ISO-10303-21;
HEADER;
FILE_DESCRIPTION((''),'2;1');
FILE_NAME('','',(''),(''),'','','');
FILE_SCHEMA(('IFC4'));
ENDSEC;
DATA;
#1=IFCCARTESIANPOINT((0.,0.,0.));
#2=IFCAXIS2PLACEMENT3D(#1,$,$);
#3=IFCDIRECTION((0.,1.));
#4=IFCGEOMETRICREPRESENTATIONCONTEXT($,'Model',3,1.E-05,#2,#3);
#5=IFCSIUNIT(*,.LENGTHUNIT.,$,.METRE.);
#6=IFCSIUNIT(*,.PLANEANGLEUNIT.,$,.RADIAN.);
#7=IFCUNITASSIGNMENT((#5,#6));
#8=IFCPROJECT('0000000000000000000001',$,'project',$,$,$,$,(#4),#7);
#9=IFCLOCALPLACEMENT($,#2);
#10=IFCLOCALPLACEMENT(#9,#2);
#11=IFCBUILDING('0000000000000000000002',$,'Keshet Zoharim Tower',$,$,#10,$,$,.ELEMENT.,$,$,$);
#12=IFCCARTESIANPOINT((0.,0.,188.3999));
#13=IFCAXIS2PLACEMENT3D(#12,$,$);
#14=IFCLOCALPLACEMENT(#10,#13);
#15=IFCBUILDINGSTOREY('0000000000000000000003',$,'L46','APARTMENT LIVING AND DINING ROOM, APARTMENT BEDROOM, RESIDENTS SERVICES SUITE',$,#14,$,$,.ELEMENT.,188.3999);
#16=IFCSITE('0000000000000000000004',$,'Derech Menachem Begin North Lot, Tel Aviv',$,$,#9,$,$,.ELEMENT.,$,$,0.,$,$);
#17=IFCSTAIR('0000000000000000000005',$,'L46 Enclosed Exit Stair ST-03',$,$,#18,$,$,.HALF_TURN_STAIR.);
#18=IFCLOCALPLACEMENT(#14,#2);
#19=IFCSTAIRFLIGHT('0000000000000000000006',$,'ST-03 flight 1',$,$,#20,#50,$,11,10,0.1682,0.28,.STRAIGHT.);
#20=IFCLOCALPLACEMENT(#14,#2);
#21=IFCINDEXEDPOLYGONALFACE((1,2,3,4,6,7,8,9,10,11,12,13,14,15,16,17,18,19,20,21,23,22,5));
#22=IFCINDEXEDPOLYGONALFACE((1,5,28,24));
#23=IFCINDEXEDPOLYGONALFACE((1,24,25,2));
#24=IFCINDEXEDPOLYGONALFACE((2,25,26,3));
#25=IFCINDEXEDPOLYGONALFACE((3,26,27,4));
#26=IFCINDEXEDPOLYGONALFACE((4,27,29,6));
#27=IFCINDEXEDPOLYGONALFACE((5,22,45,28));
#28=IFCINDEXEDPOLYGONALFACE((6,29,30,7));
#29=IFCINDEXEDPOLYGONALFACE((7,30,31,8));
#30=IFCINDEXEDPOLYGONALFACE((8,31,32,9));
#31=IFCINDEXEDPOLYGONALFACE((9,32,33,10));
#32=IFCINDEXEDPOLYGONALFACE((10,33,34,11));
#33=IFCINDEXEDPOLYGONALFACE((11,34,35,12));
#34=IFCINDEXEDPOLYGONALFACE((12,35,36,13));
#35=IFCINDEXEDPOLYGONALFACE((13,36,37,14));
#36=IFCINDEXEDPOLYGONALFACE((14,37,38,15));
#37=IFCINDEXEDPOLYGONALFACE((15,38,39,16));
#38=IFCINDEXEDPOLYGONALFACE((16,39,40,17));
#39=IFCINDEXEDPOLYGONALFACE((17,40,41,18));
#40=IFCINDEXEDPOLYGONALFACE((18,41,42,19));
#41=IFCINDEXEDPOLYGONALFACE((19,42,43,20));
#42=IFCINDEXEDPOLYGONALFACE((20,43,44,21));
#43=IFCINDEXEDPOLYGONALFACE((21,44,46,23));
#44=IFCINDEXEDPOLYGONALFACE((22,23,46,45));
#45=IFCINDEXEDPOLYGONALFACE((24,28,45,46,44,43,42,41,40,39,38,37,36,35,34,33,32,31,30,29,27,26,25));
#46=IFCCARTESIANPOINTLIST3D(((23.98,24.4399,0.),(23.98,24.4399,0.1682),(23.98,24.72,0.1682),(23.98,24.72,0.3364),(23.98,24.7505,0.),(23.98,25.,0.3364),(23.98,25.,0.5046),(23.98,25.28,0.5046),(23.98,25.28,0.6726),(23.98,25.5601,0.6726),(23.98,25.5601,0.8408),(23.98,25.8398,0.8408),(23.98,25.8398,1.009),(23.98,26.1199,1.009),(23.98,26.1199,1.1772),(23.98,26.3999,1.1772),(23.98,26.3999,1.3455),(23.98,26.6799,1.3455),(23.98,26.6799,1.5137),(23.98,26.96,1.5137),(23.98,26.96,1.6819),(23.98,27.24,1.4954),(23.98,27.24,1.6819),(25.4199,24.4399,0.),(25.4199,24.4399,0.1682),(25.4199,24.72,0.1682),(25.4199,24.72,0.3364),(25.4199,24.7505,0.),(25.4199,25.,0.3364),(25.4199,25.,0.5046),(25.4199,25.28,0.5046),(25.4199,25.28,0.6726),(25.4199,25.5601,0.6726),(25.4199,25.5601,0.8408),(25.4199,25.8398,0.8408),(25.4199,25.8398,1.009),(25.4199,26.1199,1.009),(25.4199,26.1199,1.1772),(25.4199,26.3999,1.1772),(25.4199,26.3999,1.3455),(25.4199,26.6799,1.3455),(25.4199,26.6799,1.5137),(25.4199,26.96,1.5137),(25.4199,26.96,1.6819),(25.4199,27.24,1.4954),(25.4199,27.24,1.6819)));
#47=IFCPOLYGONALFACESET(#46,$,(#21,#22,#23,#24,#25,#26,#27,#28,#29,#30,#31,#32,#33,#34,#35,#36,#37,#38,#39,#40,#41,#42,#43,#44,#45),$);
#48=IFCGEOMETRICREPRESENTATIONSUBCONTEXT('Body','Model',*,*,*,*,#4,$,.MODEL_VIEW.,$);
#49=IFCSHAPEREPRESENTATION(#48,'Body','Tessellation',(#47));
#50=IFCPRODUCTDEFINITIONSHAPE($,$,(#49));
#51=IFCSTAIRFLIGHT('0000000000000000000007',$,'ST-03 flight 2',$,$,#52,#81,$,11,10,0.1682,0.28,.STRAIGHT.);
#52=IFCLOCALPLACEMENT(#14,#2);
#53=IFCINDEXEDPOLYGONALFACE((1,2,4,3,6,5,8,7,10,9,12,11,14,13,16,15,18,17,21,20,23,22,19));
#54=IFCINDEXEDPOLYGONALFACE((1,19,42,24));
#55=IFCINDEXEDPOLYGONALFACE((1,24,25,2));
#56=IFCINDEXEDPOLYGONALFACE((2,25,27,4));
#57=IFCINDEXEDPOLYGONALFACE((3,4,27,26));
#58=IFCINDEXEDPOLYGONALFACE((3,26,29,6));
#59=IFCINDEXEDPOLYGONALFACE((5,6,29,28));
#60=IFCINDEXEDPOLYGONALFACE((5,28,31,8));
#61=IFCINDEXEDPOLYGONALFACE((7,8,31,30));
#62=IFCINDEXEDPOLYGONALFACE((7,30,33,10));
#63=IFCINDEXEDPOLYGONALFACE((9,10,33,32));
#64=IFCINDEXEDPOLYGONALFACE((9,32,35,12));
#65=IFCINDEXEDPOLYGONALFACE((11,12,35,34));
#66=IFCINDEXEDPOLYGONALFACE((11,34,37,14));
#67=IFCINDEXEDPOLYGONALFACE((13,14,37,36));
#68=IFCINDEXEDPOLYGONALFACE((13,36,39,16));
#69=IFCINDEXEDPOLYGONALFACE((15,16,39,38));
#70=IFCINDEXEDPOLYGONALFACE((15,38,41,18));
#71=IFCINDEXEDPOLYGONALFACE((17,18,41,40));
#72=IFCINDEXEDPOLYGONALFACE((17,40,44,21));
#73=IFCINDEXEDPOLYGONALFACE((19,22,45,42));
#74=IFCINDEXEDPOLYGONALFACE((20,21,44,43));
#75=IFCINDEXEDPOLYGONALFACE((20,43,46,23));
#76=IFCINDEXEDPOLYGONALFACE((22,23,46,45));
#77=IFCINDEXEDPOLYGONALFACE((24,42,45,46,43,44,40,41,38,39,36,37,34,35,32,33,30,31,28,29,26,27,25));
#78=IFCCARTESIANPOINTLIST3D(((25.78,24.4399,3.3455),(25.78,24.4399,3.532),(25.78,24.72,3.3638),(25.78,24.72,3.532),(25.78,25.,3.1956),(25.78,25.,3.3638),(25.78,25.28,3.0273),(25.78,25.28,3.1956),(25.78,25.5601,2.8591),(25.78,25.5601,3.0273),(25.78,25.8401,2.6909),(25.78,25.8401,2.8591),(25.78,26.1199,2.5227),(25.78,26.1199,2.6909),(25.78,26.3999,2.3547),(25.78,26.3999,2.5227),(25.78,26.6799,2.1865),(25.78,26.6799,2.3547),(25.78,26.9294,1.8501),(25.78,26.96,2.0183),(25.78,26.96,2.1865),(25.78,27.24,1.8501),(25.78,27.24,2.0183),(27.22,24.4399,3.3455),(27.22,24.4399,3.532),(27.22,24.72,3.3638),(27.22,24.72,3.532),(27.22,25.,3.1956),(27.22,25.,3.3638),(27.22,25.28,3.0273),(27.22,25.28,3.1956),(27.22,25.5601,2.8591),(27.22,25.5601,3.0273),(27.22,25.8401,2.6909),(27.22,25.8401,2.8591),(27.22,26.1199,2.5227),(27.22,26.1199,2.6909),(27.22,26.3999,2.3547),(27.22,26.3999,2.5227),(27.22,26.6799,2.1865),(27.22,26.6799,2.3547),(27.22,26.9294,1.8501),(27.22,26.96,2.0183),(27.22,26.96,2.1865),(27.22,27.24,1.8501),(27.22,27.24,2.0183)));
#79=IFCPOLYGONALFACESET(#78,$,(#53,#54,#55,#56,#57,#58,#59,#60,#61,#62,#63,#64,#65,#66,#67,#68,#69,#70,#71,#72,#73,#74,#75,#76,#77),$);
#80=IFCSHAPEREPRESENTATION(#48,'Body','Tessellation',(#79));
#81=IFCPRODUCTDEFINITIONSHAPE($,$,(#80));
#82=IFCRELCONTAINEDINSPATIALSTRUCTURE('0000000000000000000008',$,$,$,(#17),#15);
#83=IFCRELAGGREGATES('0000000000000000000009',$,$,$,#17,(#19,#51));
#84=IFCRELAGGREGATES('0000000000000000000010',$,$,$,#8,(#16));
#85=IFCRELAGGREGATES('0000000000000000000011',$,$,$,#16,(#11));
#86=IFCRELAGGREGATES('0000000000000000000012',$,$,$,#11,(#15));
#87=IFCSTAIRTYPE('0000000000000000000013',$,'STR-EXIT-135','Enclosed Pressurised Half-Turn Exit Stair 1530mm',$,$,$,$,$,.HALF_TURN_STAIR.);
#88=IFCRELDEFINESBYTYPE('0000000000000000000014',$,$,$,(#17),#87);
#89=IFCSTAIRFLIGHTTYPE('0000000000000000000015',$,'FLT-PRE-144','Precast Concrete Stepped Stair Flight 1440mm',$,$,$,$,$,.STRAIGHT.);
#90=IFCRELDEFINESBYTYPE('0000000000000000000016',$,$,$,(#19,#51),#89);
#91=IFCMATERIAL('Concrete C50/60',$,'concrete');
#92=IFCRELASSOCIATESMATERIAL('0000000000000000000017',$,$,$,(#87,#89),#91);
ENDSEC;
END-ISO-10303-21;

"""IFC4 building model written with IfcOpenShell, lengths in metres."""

from ifc_helpers import new_model, si_unit, direction, frame, origin, place, context, subcontext, project, spatial, polyline, outline, extrude, material, type_object, element, aggregate, save


model = new_model("IFC4")

# Units and contexts
model_context = context("Model", 3, precision=1e-05, world=origin(), true_north=direction((0.0, 1.0)))
body_context = subcontext(model_context, "Body", "Model", "MODEL_VIEW")
ifc_project = project(units=[si_unit("LENGTHUNIT", "METRE"), si_unit("PLANEANGLEUNIT", "RADIAN")], contexts=[model_context])

# Site, building, storey
site_placement = place(None, origin())
site = spatial("IfcSite", under=ifc_project, at=site_placement, Name="Derech Menachem Begin North Lot, Tel Aviv", CompositionType="ELEMENT", RefElevation=0.0)
building_placement = place(site_placement, origin())
building = spatial("IfcBuilding", under=site, at=building_placement, Name="Keshet Zoharim Tower", CompositionType="ELEMENT")
storey_placement = place(building_placement, frame((0.0, 0.0, 188.3999)))
storey = spatial("IfcBuildingStorey", under=building, at=storey_placement, Name="L46", Description="APARTMENT LIVING AND DINING ROOM, APARTMENT BEDROOM, RESIDENTS SERVICES SUITE", CompositionType="ELEMENT", Elevation=188.3999)

# Shared definitions
ifc_material_1 = material(Name="Concrete C50/60", Category="concrete")

# Shared definitions
stair_type = type_object("IfcStairType", Name="STR-EXIT-135", Description="Enclosed Pressurised Half-Turn Exit Stair 1530mm", PredefinedType="HALF_TURN_STAIR", material=ifc_material_1)

# Stair, stair flights
stair_1_placement = place(storey_placement, origin())
stair_1 = element("IfcStair", 1, at=stair_1_placement, inside=storey, type_object=stair_type, Name="L46 Enclosed Exit Stair ST-03", PredefinedType="HALF_TURN_STAIR")
stair_flight_type_1 = type_object("IfcStairFlightType", Name="FLT-PRE-144", Description="Precast Concrete Stepped Stair Flight 1440mm", PredefinedType="STRAIGHT", material=ifc_material_1)
stair_flight_1_placement = place(storey_placement, frame((24.7, 24.4399, 0.0), z_axis=(0.0, 0.0, 1.0), x_axis=(0.0, 1.0, 0.0)))
stair_flight_1 = element("IfcStairFlight", 2, at=stair_flight_1_placement, type_object=stair_flight_type_1, Name="ST-03 flight 1", NumberOfRisers=11, NumberOfTreads=10, PredefinedType="STRAIGHT", RiserHeight=0.1682, TreadLength=0.28, context=body_context, shape_type="SweptSolid", body=[
    extrude(outline(polyline([(0.0, 0.0), (0.0, 0.1682), (0.28, 0.1682), (0.28, 0.3364), (0.5601, 0.3364), (0.5601, 0.5046), (0.8401, 0.5046), (0.8401, 0.6726), (1.1201, 0.6726), (1.1201, 0.8408), (1.3999, 0.8408), (1.3999, 1.009), (1.6799, 1.009), (1.6799, 1.1772), (1.96, 1.1772), (1.96, 1.3455), (2.24, 1.3455), (2.24, 1.5137), (2.52, 1.5137), (2.52, 1.6819), (2.8, 1.6819), (2.8, 1.8501), (2.8, 1.4954), (0.3105, 0.0), (0.0, 0.0)])), frame((0.0, 0.72, 0.0), z_axis=(0.0, -1.0, 0.0), x_axis=(1.0, 0.0, 0.0)), (0.0, 0.0, 1.0), 1.4399),
])
stair_flight_2_placement = place(storey_placement, frame((26.5, 27.24, 1.8501), z_axis=(0.0, 0.0, 1.0), x_axis=(0.0, -1.0, 0.0)))
stair_flight_2 = element("IfcStairFlight", 3, at=stair_flight_2_placement, type_object=stair_flight_type_1, Name="ST-03 flight 2", NumberOfRisers=11, NumberOfTreads=10, PredefinedType="STRAIGHT", RiserHeight=0.1682, TreadLength=0.28, context=body_context, shape_type="SweptSolid", body=[
    extrude(outline(polyline([(0.0, 0.0), (0.0, 0.1682), (0.28, 0.1682), (0.28, 0.3364), (0.5601, 0.3364), (0.5601, 0.5046), (0.8401, 0.5046), (0.8401, 0.6726), (1.1201, 0.6726), (1.1201, 0.8408), (1.3999, 0.8408), (1.3999, 1.009), (1.6799, 1.009), (1.6799, 1.1772), (1.96, 1.1772), (1.96, 1.3455), (2.24, 1.3455), (2.24, 1.5137), (2.52, 1.5137), (2.52, 1.6819), (2.8, 1.6819), (2.8, 1.8501), (2.8, 1.4954), (0.3105, 0.0), (0.0, 0.0)])), frame((0.0, 0.72, 0.0), z_axis=(0.0, -1.0, 0.0), x_axis=(1.0, 0.0, 0.0)), (0.0, 0.0, 1.0), 1.4399),
])
aggregate(stair_1, [stair_flight_1, stair_flight_2])

save(model, "model.ifc")
